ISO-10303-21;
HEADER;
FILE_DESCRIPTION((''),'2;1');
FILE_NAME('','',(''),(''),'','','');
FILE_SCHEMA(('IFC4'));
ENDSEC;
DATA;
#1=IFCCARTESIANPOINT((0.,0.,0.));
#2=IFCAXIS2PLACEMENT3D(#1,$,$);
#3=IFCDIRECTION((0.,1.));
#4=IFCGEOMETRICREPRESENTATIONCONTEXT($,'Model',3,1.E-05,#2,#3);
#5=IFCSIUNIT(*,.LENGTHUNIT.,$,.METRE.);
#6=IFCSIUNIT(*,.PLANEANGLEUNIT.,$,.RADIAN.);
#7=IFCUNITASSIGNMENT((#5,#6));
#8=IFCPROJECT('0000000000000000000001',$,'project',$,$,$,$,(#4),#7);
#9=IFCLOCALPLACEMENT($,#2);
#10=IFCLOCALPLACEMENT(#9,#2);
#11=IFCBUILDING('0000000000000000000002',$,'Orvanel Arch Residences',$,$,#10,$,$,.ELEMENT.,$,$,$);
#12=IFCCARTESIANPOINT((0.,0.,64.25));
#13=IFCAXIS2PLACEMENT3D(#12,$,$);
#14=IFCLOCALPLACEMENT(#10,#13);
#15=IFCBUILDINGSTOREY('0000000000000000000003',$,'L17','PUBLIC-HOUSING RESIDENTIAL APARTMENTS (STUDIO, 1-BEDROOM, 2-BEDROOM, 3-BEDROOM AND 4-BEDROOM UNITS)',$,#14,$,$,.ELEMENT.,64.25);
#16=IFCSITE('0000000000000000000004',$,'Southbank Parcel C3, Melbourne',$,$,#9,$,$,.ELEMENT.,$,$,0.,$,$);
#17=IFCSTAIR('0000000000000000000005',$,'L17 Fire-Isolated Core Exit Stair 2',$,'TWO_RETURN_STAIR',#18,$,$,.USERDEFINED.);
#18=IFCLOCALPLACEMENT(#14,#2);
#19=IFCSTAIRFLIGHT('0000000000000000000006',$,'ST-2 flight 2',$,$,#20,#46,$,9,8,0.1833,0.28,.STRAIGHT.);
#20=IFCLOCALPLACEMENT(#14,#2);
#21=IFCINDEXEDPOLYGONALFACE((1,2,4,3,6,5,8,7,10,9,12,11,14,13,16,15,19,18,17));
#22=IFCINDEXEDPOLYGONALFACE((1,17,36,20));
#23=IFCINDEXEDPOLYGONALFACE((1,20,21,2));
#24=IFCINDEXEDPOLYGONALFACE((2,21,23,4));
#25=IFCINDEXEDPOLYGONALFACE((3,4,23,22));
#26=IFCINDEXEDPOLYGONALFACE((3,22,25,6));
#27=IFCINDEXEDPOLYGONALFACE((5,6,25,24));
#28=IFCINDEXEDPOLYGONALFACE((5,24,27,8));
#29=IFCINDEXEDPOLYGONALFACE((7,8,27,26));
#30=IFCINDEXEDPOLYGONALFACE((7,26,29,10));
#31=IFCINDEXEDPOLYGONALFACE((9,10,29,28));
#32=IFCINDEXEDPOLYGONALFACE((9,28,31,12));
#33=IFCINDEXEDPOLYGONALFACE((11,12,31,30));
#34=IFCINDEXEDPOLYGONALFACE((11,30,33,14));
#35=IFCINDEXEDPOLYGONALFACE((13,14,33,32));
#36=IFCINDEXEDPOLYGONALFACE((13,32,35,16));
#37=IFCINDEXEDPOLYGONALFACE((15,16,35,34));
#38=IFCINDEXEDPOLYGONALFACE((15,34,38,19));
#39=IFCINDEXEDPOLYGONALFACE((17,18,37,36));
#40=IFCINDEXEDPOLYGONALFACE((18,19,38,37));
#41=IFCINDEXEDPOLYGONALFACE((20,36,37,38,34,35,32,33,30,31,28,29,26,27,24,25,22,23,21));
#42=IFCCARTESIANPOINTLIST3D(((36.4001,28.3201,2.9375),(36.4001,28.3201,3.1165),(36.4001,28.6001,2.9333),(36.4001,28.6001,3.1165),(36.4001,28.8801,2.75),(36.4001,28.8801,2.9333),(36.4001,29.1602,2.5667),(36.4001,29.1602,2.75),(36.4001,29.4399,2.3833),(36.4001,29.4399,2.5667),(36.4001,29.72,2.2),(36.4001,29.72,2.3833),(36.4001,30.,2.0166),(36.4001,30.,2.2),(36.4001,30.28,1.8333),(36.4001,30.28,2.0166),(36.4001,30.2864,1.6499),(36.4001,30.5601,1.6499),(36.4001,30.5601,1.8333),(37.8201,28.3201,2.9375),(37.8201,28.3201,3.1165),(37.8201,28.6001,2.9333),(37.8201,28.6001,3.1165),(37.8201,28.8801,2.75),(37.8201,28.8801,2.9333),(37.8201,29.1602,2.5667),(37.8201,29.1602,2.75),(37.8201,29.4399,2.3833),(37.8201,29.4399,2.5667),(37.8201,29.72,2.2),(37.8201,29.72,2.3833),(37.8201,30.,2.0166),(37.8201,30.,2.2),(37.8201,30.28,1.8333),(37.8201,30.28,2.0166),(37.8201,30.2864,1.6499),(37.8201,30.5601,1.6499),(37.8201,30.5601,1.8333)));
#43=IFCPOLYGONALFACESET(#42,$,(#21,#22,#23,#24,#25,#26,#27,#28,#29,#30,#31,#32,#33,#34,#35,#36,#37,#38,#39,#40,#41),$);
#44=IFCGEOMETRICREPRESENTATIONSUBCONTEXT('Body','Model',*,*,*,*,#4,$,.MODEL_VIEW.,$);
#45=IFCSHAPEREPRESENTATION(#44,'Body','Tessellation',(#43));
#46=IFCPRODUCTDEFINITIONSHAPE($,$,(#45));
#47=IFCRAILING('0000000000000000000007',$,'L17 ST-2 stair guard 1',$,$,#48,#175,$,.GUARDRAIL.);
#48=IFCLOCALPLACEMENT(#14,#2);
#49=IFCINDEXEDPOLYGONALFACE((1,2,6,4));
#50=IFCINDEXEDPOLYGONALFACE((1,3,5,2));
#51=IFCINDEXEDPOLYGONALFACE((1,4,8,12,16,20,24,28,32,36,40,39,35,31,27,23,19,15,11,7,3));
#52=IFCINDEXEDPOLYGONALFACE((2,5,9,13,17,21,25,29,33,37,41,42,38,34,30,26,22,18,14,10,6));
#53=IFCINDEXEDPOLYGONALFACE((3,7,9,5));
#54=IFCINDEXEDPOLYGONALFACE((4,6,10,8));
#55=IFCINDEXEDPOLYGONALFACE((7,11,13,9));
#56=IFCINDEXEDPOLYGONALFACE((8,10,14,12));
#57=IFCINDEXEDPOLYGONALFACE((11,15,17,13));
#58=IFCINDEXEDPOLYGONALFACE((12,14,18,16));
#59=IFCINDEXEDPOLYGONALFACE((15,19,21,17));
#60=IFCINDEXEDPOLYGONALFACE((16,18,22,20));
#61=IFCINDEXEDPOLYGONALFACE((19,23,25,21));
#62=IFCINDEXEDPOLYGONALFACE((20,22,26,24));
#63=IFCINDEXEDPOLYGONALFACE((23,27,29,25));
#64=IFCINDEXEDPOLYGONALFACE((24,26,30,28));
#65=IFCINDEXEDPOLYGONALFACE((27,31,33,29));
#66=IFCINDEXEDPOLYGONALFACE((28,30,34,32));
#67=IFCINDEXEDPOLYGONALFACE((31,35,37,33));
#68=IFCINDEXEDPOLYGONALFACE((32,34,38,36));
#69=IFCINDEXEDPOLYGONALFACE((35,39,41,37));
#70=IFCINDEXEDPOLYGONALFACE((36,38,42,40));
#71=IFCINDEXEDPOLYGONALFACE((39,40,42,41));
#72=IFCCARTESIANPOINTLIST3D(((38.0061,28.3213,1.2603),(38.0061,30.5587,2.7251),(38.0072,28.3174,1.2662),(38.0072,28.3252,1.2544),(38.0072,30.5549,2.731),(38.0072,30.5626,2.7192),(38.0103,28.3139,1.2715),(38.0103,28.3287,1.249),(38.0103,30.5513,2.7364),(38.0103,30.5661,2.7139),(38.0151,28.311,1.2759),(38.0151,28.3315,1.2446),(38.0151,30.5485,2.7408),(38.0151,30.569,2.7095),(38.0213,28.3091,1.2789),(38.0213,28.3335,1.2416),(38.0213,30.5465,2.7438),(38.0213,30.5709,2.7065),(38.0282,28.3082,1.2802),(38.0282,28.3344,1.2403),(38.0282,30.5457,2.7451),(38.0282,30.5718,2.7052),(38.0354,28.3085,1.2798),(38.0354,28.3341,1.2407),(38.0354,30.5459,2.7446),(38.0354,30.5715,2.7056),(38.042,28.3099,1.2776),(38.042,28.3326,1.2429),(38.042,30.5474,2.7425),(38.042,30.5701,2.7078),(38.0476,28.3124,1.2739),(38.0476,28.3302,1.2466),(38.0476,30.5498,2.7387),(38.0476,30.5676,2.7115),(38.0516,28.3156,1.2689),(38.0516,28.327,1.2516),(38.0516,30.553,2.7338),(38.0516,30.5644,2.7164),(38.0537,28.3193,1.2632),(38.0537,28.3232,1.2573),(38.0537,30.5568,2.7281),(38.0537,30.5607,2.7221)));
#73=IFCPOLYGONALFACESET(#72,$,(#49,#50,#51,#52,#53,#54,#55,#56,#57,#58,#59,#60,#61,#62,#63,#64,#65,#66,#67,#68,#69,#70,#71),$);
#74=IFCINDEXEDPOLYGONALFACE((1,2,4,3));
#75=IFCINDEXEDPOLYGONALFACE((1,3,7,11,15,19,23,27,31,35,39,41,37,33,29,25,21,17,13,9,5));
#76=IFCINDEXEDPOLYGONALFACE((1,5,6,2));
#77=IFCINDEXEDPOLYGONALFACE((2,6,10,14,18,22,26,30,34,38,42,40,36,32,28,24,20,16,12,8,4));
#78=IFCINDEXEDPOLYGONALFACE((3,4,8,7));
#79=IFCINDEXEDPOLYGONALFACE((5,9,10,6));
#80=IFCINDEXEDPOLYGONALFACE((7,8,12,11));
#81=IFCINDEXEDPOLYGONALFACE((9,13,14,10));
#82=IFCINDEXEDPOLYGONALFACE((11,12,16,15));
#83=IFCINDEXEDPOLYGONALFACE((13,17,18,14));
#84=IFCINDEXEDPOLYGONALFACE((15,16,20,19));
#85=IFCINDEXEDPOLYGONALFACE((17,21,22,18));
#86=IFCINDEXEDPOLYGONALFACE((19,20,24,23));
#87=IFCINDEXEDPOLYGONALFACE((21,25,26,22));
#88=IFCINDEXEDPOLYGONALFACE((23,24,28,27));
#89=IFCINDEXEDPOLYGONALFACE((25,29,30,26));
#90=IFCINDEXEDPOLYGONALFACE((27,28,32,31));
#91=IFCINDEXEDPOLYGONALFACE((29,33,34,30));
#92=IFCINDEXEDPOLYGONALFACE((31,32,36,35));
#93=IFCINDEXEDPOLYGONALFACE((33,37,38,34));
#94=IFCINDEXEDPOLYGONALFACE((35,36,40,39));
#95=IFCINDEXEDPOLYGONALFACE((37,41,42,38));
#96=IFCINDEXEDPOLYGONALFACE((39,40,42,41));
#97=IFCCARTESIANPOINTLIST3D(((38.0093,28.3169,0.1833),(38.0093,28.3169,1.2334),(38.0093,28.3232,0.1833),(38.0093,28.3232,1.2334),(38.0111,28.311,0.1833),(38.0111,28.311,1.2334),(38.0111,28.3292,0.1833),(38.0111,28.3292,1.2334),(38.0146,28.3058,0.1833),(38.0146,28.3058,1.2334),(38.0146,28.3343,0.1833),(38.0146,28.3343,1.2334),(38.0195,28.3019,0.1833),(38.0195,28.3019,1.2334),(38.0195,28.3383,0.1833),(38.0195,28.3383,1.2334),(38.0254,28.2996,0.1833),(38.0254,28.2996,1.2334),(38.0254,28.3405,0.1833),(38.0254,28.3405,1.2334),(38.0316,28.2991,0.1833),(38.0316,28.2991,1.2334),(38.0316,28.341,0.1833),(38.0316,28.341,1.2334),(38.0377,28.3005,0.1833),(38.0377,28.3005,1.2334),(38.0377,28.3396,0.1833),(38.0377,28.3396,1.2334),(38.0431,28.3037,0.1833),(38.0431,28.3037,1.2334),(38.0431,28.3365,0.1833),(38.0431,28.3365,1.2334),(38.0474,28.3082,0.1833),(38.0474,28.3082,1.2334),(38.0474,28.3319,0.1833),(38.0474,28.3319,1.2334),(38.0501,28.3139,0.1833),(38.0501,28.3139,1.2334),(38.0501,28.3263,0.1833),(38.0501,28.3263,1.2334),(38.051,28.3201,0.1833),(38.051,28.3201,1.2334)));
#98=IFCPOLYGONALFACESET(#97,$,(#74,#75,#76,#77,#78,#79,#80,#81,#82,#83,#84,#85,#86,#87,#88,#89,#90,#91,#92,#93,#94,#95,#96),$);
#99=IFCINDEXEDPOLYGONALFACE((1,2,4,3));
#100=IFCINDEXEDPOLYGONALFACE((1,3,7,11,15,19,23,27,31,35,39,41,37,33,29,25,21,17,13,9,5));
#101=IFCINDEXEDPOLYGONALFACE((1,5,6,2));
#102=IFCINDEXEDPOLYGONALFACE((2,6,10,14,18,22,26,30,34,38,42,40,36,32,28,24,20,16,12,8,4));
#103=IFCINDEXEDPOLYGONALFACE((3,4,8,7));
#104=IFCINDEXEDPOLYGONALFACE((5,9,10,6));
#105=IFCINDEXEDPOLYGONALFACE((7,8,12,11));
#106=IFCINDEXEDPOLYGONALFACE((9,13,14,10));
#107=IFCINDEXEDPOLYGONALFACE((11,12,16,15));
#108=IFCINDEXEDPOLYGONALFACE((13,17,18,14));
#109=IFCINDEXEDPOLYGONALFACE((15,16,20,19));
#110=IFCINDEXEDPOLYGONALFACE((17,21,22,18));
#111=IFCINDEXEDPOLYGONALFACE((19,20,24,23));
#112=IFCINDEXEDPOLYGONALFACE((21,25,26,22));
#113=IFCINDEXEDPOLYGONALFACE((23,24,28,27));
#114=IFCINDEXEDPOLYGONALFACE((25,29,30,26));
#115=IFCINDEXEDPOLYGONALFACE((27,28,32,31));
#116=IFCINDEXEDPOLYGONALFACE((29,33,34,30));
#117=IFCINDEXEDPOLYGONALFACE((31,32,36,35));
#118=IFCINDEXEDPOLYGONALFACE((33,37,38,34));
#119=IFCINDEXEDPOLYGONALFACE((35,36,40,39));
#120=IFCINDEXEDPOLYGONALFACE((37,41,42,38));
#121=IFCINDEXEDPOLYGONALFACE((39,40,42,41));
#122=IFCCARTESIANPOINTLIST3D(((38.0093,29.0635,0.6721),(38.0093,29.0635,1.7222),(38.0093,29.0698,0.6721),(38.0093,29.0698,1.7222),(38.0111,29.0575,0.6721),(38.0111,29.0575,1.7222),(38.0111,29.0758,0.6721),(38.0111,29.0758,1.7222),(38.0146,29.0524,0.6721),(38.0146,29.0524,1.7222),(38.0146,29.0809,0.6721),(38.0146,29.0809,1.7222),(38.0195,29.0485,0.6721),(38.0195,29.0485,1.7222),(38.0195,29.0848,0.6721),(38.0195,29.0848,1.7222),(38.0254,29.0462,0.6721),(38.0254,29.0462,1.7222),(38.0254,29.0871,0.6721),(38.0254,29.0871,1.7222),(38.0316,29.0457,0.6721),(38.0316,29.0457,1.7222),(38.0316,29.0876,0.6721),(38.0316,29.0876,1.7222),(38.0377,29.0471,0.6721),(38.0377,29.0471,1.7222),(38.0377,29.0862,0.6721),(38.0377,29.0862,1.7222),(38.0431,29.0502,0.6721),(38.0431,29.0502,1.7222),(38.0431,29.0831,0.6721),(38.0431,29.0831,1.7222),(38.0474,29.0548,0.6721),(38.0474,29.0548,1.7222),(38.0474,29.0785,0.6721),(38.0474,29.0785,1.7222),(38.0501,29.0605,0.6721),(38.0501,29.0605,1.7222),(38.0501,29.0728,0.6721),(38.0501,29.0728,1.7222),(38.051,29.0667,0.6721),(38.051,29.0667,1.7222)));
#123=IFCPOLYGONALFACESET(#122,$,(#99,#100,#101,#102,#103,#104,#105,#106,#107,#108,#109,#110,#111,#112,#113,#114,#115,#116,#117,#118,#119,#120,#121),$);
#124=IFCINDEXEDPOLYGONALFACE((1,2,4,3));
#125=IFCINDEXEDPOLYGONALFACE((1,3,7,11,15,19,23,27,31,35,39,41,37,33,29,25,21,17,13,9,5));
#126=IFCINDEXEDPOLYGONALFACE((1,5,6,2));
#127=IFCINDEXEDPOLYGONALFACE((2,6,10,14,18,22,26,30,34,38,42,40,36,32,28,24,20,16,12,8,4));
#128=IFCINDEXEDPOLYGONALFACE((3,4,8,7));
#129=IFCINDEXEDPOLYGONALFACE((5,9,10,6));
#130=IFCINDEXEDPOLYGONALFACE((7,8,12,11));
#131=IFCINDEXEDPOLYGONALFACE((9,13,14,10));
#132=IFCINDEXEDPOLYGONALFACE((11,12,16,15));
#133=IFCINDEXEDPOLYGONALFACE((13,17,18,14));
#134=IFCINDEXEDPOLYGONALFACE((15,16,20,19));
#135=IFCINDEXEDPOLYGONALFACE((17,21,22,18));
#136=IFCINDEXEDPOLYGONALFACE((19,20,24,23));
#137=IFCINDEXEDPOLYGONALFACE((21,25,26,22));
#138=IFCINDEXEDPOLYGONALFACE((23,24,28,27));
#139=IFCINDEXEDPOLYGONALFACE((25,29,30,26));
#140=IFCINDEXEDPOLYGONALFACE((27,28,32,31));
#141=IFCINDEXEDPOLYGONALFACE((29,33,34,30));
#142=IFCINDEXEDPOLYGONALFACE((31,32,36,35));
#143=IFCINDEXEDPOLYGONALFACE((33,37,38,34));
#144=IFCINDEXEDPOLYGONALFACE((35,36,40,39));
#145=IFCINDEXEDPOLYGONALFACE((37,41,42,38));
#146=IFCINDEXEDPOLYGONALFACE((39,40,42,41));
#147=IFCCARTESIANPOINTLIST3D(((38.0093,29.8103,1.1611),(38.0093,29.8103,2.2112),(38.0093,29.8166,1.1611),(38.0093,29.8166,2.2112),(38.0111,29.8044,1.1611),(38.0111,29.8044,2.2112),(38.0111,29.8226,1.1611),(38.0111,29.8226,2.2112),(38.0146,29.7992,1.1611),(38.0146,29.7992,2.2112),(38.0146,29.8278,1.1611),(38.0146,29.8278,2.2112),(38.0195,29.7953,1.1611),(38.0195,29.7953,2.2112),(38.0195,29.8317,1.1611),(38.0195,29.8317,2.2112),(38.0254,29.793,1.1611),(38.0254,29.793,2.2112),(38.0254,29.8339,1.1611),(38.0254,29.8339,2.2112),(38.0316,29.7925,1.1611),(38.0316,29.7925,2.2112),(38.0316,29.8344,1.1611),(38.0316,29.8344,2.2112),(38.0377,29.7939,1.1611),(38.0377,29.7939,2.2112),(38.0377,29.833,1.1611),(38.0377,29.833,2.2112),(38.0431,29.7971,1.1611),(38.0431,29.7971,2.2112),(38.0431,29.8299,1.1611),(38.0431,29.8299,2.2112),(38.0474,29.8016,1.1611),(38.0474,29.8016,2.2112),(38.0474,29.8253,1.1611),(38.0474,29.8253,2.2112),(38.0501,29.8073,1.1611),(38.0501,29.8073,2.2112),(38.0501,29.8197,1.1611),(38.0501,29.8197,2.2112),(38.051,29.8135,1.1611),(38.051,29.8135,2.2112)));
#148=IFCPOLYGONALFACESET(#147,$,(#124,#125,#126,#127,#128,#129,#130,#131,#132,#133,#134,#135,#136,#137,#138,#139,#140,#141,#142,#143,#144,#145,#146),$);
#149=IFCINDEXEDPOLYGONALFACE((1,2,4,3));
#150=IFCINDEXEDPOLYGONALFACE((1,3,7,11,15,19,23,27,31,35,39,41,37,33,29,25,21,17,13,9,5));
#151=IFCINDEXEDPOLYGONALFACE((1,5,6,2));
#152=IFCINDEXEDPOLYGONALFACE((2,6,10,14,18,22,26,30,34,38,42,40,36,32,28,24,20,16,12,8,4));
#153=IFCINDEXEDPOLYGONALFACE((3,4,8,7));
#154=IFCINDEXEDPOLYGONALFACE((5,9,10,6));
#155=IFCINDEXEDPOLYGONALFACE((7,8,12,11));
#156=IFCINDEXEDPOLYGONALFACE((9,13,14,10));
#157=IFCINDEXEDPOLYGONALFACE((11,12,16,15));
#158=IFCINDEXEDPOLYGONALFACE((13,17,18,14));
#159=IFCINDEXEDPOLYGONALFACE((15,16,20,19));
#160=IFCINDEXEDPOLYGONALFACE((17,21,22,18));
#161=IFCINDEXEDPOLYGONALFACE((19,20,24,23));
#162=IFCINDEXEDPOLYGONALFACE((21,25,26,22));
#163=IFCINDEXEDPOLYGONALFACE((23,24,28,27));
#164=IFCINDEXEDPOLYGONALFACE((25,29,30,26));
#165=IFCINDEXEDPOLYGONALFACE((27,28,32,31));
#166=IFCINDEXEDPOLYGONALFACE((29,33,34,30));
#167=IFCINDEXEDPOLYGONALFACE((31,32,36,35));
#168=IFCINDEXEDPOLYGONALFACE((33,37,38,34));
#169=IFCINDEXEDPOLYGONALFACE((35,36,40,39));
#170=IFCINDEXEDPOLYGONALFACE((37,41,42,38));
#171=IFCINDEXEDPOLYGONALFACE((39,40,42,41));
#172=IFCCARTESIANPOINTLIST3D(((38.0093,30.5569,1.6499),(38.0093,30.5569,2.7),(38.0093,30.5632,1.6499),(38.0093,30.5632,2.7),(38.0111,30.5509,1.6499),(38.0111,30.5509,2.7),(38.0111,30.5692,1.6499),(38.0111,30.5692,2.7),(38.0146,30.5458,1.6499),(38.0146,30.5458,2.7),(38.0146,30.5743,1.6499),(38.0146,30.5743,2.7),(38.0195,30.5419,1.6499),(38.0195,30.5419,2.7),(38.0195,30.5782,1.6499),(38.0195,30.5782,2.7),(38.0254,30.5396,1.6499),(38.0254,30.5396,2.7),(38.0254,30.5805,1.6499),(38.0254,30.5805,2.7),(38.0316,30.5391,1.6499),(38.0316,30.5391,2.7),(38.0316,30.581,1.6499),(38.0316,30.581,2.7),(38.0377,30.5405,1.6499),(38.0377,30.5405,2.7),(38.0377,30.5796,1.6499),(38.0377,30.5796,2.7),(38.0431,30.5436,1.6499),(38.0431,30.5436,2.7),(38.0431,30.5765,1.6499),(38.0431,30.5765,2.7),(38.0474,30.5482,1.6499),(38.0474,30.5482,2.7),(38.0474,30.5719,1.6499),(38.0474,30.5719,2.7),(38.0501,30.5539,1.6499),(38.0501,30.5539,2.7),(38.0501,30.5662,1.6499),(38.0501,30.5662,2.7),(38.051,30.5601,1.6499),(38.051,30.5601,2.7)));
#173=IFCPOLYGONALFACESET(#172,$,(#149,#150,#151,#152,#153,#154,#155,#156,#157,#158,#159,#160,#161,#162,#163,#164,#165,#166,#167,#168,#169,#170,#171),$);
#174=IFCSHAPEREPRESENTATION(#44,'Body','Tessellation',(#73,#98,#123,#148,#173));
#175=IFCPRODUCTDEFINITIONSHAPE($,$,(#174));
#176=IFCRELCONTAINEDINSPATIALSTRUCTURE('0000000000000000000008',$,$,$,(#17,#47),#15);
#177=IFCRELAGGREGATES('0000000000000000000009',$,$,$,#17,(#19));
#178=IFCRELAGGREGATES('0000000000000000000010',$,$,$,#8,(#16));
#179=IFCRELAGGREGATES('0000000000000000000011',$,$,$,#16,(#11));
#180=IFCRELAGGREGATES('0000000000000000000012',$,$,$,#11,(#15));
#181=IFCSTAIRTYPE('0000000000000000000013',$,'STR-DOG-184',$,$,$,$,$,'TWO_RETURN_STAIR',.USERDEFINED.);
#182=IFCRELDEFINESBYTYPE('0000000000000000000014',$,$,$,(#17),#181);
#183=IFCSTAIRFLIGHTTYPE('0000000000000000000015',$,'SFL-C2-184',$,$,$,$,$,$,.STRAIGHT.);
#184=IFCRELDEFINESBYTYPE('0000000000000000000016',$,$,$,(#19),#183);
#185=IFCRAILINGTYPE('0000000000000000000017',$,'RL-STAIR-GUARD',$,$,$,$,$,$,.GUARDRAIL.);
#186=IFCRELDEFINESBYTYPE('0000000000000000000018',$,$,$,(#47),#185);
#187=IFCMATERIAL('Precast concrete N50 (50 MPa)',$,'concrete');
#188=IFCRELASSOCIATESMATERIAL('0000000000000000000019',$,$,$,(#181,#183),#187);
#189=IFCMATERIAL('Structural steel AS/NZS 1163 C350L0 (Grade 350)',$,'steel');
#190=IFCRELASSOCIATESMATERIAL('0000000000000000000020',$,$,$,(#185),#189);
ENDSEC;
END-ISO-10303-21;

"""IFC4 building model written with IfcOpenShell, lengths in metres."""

from ifc_helpers import new_model, si_unit, direction, frame, origin, origin_2d, place, context, subcontext, project, spatial, polyline, circle, outline, extrude, material, type_object, element, aggregate, save


model = new_model("IFC4")

# Units and contexts
model_context = context("Model", 3, precision=1e-05, world=origin(), true_north=direction((0.0, 1.0)))
body_context = subcontext(model_context, "Body", "Model", "MODEL_VIEW")
ifc_project = project(units=[si_unit("LENGTHUNIT", "METRE"), si_unit("PLANEANGLEUNIT", "RADIAN")], contexts=[model_context])

# Site, building, storey
site_placement = place(None, origin())
site = spatial("IfcSite", under=ifc_project, at=site_placement, Name="Southbank Parcel C3, Melbourne", CompositionType="ELEMENT", RefElevation=0.0)
building_placement = place(site_placement, origin())
building = spatial("IfcBuilding", under=site, at=building_placement, Name="Orvanel Arch Residences", CompositionType="ELEMENT")
storey_placement = place(building_placement, frame((0.0, 0.0, 64.25)))
storey = spatial("IfcBuildingStorey", under=building, at=storey_placement, Name="L17", Description="PUBLIC-HOUSING RESIDENTIAL APARTMENTS (STUDIO, 1-BEDROOM, 2-BEDROOM, 3-BEDROOM AND 4-BEDROOM UNITS)", CompositionType="ELEMENT", Elevation=64.25)

# Stair, stair flight
ifc_material_1 = material(Name="Precast concrete N50 (50 MPa)", Category="concrete")
stair_type = type_object("IfcStairType", Name="STR-DOG-184", ElementType="TWO_RETURN_STAIR", PredefinedType="USERDEFINED", material=ifc_material_1)
stair_placement = place(storey_placement, origin())
stair = element("IfcStair", 1, at=stair_placement, inside=storey, type_object=stair_type, Name="L17 Fire-Isolated Core Exit Stair 2", ObjectType="TWO_RETURN_STAIR", PredefinedType="USERDEFINED")
stair_flight_type = type_object("IfcStairFlightType", Name="SFL-C2-184", PredefinedType="STRAIGHT", material=ifc_material_1)
stair_flight_1_placement = place(storey_placement, frame((37.1101, 30.5601, 1.6499), z_axis=(0.0, 0.0, 1.0), x_axis=(0.0, -1.0, 0.0)))
stair_flight_1 = element("IfcStairFlight", 2, at=stair_flight_1_placement, type_object=stair_flight_type, Name="ST-2 flight 2", NumberOfRisers=9, NumberOfTreads=8, PredefinedType="STRAIGHT", RiserHeight=0.1833, TreadLength=0.28, context=body_context, shape_type="SweptSolid", body=[
    extrude(outline(polyline([(0.0, 0.0), (0.0, 0.1833), (0.28, 0.1833), (0.28, 0.3667), (0.5601, 0.3667), (0.5601, 0.55), (0.8401, 0.55), (0.8401, 0.7334), (1.1201, 0.7334), (1.1201, 0.9167), (1.3999, 0.9167), (1.3999, 1.1001), (1.6799, 1.1001), (1.6799, 1.2834), (1.96, 1.2834), (1.96, 1.4666), (2.24, 1.4666), (2.24, 1.6499), (2.24, 1.2876), (0.2737, 0.0), (0.0, 0.0)])), frame((0.0, 0.71, 0.0), z_axis=(0.0, -1.0, 0.0), x_axis=(1.0, 0.0, 0.0)), (0.0, 0.0, 1.0), 1.4199),
])
aggregate(stair, [stair_flight_1])

# Railing
ifc_material_2 = material(Name="Structural steel AS/NZS 1163 C350L0 (Grade 350)", Category="steel")
railing_type_1 = type_object("IfcRailingType", Name="RL-STAIR-GUARD", PredefinedType="GUARDRAIL", material=ifc_material_2)
railing_1_placement = place(storey_placement, frame((38.03, 28.3201, 0.1833)))
element("IfcRailing", 3, at=railing_1_placement, inside=storey, type_object=railing_type_1, Name="L17 ST-2 stair guard 1", PredefinedType="GUARDRAIL", context=body_context, shape_type="SweptSolid", body=[
    extrude(circle(Radius=0.0239, at=origin_2d()), frame((0.0, 0.0012, 1.0769), z_axis=(0.0, 0.836637, 0.547758), x_axis=(-1.0, 0.0, 0.0)), (0.0, 0.0, 1.0), 2.6743),
    extrude(circle(Radius=0.021, at=origin_2d()), origin(), (0.0, 0.0, 1.0), 1.05),
    extrude(circle(Radius=0.021, at=origin_2d()), frame((0.0, 0.7466, 0.4888)), (0.0, 0.0, 1.0), 1.05),
    extrude(circle(Radius=0.021, at=origin_2d()), frame((0.0, 1.4934, 0.9778)), (0.0, 0.0, 1.0), 1.05),
    extrude(circle(Radius=0.021, at=origin_2d()), frame((0.0, 2.24, 1.4666)), (0.0, 0.0, 1.0), 1.05),
])

save(model, "model.ifc")
